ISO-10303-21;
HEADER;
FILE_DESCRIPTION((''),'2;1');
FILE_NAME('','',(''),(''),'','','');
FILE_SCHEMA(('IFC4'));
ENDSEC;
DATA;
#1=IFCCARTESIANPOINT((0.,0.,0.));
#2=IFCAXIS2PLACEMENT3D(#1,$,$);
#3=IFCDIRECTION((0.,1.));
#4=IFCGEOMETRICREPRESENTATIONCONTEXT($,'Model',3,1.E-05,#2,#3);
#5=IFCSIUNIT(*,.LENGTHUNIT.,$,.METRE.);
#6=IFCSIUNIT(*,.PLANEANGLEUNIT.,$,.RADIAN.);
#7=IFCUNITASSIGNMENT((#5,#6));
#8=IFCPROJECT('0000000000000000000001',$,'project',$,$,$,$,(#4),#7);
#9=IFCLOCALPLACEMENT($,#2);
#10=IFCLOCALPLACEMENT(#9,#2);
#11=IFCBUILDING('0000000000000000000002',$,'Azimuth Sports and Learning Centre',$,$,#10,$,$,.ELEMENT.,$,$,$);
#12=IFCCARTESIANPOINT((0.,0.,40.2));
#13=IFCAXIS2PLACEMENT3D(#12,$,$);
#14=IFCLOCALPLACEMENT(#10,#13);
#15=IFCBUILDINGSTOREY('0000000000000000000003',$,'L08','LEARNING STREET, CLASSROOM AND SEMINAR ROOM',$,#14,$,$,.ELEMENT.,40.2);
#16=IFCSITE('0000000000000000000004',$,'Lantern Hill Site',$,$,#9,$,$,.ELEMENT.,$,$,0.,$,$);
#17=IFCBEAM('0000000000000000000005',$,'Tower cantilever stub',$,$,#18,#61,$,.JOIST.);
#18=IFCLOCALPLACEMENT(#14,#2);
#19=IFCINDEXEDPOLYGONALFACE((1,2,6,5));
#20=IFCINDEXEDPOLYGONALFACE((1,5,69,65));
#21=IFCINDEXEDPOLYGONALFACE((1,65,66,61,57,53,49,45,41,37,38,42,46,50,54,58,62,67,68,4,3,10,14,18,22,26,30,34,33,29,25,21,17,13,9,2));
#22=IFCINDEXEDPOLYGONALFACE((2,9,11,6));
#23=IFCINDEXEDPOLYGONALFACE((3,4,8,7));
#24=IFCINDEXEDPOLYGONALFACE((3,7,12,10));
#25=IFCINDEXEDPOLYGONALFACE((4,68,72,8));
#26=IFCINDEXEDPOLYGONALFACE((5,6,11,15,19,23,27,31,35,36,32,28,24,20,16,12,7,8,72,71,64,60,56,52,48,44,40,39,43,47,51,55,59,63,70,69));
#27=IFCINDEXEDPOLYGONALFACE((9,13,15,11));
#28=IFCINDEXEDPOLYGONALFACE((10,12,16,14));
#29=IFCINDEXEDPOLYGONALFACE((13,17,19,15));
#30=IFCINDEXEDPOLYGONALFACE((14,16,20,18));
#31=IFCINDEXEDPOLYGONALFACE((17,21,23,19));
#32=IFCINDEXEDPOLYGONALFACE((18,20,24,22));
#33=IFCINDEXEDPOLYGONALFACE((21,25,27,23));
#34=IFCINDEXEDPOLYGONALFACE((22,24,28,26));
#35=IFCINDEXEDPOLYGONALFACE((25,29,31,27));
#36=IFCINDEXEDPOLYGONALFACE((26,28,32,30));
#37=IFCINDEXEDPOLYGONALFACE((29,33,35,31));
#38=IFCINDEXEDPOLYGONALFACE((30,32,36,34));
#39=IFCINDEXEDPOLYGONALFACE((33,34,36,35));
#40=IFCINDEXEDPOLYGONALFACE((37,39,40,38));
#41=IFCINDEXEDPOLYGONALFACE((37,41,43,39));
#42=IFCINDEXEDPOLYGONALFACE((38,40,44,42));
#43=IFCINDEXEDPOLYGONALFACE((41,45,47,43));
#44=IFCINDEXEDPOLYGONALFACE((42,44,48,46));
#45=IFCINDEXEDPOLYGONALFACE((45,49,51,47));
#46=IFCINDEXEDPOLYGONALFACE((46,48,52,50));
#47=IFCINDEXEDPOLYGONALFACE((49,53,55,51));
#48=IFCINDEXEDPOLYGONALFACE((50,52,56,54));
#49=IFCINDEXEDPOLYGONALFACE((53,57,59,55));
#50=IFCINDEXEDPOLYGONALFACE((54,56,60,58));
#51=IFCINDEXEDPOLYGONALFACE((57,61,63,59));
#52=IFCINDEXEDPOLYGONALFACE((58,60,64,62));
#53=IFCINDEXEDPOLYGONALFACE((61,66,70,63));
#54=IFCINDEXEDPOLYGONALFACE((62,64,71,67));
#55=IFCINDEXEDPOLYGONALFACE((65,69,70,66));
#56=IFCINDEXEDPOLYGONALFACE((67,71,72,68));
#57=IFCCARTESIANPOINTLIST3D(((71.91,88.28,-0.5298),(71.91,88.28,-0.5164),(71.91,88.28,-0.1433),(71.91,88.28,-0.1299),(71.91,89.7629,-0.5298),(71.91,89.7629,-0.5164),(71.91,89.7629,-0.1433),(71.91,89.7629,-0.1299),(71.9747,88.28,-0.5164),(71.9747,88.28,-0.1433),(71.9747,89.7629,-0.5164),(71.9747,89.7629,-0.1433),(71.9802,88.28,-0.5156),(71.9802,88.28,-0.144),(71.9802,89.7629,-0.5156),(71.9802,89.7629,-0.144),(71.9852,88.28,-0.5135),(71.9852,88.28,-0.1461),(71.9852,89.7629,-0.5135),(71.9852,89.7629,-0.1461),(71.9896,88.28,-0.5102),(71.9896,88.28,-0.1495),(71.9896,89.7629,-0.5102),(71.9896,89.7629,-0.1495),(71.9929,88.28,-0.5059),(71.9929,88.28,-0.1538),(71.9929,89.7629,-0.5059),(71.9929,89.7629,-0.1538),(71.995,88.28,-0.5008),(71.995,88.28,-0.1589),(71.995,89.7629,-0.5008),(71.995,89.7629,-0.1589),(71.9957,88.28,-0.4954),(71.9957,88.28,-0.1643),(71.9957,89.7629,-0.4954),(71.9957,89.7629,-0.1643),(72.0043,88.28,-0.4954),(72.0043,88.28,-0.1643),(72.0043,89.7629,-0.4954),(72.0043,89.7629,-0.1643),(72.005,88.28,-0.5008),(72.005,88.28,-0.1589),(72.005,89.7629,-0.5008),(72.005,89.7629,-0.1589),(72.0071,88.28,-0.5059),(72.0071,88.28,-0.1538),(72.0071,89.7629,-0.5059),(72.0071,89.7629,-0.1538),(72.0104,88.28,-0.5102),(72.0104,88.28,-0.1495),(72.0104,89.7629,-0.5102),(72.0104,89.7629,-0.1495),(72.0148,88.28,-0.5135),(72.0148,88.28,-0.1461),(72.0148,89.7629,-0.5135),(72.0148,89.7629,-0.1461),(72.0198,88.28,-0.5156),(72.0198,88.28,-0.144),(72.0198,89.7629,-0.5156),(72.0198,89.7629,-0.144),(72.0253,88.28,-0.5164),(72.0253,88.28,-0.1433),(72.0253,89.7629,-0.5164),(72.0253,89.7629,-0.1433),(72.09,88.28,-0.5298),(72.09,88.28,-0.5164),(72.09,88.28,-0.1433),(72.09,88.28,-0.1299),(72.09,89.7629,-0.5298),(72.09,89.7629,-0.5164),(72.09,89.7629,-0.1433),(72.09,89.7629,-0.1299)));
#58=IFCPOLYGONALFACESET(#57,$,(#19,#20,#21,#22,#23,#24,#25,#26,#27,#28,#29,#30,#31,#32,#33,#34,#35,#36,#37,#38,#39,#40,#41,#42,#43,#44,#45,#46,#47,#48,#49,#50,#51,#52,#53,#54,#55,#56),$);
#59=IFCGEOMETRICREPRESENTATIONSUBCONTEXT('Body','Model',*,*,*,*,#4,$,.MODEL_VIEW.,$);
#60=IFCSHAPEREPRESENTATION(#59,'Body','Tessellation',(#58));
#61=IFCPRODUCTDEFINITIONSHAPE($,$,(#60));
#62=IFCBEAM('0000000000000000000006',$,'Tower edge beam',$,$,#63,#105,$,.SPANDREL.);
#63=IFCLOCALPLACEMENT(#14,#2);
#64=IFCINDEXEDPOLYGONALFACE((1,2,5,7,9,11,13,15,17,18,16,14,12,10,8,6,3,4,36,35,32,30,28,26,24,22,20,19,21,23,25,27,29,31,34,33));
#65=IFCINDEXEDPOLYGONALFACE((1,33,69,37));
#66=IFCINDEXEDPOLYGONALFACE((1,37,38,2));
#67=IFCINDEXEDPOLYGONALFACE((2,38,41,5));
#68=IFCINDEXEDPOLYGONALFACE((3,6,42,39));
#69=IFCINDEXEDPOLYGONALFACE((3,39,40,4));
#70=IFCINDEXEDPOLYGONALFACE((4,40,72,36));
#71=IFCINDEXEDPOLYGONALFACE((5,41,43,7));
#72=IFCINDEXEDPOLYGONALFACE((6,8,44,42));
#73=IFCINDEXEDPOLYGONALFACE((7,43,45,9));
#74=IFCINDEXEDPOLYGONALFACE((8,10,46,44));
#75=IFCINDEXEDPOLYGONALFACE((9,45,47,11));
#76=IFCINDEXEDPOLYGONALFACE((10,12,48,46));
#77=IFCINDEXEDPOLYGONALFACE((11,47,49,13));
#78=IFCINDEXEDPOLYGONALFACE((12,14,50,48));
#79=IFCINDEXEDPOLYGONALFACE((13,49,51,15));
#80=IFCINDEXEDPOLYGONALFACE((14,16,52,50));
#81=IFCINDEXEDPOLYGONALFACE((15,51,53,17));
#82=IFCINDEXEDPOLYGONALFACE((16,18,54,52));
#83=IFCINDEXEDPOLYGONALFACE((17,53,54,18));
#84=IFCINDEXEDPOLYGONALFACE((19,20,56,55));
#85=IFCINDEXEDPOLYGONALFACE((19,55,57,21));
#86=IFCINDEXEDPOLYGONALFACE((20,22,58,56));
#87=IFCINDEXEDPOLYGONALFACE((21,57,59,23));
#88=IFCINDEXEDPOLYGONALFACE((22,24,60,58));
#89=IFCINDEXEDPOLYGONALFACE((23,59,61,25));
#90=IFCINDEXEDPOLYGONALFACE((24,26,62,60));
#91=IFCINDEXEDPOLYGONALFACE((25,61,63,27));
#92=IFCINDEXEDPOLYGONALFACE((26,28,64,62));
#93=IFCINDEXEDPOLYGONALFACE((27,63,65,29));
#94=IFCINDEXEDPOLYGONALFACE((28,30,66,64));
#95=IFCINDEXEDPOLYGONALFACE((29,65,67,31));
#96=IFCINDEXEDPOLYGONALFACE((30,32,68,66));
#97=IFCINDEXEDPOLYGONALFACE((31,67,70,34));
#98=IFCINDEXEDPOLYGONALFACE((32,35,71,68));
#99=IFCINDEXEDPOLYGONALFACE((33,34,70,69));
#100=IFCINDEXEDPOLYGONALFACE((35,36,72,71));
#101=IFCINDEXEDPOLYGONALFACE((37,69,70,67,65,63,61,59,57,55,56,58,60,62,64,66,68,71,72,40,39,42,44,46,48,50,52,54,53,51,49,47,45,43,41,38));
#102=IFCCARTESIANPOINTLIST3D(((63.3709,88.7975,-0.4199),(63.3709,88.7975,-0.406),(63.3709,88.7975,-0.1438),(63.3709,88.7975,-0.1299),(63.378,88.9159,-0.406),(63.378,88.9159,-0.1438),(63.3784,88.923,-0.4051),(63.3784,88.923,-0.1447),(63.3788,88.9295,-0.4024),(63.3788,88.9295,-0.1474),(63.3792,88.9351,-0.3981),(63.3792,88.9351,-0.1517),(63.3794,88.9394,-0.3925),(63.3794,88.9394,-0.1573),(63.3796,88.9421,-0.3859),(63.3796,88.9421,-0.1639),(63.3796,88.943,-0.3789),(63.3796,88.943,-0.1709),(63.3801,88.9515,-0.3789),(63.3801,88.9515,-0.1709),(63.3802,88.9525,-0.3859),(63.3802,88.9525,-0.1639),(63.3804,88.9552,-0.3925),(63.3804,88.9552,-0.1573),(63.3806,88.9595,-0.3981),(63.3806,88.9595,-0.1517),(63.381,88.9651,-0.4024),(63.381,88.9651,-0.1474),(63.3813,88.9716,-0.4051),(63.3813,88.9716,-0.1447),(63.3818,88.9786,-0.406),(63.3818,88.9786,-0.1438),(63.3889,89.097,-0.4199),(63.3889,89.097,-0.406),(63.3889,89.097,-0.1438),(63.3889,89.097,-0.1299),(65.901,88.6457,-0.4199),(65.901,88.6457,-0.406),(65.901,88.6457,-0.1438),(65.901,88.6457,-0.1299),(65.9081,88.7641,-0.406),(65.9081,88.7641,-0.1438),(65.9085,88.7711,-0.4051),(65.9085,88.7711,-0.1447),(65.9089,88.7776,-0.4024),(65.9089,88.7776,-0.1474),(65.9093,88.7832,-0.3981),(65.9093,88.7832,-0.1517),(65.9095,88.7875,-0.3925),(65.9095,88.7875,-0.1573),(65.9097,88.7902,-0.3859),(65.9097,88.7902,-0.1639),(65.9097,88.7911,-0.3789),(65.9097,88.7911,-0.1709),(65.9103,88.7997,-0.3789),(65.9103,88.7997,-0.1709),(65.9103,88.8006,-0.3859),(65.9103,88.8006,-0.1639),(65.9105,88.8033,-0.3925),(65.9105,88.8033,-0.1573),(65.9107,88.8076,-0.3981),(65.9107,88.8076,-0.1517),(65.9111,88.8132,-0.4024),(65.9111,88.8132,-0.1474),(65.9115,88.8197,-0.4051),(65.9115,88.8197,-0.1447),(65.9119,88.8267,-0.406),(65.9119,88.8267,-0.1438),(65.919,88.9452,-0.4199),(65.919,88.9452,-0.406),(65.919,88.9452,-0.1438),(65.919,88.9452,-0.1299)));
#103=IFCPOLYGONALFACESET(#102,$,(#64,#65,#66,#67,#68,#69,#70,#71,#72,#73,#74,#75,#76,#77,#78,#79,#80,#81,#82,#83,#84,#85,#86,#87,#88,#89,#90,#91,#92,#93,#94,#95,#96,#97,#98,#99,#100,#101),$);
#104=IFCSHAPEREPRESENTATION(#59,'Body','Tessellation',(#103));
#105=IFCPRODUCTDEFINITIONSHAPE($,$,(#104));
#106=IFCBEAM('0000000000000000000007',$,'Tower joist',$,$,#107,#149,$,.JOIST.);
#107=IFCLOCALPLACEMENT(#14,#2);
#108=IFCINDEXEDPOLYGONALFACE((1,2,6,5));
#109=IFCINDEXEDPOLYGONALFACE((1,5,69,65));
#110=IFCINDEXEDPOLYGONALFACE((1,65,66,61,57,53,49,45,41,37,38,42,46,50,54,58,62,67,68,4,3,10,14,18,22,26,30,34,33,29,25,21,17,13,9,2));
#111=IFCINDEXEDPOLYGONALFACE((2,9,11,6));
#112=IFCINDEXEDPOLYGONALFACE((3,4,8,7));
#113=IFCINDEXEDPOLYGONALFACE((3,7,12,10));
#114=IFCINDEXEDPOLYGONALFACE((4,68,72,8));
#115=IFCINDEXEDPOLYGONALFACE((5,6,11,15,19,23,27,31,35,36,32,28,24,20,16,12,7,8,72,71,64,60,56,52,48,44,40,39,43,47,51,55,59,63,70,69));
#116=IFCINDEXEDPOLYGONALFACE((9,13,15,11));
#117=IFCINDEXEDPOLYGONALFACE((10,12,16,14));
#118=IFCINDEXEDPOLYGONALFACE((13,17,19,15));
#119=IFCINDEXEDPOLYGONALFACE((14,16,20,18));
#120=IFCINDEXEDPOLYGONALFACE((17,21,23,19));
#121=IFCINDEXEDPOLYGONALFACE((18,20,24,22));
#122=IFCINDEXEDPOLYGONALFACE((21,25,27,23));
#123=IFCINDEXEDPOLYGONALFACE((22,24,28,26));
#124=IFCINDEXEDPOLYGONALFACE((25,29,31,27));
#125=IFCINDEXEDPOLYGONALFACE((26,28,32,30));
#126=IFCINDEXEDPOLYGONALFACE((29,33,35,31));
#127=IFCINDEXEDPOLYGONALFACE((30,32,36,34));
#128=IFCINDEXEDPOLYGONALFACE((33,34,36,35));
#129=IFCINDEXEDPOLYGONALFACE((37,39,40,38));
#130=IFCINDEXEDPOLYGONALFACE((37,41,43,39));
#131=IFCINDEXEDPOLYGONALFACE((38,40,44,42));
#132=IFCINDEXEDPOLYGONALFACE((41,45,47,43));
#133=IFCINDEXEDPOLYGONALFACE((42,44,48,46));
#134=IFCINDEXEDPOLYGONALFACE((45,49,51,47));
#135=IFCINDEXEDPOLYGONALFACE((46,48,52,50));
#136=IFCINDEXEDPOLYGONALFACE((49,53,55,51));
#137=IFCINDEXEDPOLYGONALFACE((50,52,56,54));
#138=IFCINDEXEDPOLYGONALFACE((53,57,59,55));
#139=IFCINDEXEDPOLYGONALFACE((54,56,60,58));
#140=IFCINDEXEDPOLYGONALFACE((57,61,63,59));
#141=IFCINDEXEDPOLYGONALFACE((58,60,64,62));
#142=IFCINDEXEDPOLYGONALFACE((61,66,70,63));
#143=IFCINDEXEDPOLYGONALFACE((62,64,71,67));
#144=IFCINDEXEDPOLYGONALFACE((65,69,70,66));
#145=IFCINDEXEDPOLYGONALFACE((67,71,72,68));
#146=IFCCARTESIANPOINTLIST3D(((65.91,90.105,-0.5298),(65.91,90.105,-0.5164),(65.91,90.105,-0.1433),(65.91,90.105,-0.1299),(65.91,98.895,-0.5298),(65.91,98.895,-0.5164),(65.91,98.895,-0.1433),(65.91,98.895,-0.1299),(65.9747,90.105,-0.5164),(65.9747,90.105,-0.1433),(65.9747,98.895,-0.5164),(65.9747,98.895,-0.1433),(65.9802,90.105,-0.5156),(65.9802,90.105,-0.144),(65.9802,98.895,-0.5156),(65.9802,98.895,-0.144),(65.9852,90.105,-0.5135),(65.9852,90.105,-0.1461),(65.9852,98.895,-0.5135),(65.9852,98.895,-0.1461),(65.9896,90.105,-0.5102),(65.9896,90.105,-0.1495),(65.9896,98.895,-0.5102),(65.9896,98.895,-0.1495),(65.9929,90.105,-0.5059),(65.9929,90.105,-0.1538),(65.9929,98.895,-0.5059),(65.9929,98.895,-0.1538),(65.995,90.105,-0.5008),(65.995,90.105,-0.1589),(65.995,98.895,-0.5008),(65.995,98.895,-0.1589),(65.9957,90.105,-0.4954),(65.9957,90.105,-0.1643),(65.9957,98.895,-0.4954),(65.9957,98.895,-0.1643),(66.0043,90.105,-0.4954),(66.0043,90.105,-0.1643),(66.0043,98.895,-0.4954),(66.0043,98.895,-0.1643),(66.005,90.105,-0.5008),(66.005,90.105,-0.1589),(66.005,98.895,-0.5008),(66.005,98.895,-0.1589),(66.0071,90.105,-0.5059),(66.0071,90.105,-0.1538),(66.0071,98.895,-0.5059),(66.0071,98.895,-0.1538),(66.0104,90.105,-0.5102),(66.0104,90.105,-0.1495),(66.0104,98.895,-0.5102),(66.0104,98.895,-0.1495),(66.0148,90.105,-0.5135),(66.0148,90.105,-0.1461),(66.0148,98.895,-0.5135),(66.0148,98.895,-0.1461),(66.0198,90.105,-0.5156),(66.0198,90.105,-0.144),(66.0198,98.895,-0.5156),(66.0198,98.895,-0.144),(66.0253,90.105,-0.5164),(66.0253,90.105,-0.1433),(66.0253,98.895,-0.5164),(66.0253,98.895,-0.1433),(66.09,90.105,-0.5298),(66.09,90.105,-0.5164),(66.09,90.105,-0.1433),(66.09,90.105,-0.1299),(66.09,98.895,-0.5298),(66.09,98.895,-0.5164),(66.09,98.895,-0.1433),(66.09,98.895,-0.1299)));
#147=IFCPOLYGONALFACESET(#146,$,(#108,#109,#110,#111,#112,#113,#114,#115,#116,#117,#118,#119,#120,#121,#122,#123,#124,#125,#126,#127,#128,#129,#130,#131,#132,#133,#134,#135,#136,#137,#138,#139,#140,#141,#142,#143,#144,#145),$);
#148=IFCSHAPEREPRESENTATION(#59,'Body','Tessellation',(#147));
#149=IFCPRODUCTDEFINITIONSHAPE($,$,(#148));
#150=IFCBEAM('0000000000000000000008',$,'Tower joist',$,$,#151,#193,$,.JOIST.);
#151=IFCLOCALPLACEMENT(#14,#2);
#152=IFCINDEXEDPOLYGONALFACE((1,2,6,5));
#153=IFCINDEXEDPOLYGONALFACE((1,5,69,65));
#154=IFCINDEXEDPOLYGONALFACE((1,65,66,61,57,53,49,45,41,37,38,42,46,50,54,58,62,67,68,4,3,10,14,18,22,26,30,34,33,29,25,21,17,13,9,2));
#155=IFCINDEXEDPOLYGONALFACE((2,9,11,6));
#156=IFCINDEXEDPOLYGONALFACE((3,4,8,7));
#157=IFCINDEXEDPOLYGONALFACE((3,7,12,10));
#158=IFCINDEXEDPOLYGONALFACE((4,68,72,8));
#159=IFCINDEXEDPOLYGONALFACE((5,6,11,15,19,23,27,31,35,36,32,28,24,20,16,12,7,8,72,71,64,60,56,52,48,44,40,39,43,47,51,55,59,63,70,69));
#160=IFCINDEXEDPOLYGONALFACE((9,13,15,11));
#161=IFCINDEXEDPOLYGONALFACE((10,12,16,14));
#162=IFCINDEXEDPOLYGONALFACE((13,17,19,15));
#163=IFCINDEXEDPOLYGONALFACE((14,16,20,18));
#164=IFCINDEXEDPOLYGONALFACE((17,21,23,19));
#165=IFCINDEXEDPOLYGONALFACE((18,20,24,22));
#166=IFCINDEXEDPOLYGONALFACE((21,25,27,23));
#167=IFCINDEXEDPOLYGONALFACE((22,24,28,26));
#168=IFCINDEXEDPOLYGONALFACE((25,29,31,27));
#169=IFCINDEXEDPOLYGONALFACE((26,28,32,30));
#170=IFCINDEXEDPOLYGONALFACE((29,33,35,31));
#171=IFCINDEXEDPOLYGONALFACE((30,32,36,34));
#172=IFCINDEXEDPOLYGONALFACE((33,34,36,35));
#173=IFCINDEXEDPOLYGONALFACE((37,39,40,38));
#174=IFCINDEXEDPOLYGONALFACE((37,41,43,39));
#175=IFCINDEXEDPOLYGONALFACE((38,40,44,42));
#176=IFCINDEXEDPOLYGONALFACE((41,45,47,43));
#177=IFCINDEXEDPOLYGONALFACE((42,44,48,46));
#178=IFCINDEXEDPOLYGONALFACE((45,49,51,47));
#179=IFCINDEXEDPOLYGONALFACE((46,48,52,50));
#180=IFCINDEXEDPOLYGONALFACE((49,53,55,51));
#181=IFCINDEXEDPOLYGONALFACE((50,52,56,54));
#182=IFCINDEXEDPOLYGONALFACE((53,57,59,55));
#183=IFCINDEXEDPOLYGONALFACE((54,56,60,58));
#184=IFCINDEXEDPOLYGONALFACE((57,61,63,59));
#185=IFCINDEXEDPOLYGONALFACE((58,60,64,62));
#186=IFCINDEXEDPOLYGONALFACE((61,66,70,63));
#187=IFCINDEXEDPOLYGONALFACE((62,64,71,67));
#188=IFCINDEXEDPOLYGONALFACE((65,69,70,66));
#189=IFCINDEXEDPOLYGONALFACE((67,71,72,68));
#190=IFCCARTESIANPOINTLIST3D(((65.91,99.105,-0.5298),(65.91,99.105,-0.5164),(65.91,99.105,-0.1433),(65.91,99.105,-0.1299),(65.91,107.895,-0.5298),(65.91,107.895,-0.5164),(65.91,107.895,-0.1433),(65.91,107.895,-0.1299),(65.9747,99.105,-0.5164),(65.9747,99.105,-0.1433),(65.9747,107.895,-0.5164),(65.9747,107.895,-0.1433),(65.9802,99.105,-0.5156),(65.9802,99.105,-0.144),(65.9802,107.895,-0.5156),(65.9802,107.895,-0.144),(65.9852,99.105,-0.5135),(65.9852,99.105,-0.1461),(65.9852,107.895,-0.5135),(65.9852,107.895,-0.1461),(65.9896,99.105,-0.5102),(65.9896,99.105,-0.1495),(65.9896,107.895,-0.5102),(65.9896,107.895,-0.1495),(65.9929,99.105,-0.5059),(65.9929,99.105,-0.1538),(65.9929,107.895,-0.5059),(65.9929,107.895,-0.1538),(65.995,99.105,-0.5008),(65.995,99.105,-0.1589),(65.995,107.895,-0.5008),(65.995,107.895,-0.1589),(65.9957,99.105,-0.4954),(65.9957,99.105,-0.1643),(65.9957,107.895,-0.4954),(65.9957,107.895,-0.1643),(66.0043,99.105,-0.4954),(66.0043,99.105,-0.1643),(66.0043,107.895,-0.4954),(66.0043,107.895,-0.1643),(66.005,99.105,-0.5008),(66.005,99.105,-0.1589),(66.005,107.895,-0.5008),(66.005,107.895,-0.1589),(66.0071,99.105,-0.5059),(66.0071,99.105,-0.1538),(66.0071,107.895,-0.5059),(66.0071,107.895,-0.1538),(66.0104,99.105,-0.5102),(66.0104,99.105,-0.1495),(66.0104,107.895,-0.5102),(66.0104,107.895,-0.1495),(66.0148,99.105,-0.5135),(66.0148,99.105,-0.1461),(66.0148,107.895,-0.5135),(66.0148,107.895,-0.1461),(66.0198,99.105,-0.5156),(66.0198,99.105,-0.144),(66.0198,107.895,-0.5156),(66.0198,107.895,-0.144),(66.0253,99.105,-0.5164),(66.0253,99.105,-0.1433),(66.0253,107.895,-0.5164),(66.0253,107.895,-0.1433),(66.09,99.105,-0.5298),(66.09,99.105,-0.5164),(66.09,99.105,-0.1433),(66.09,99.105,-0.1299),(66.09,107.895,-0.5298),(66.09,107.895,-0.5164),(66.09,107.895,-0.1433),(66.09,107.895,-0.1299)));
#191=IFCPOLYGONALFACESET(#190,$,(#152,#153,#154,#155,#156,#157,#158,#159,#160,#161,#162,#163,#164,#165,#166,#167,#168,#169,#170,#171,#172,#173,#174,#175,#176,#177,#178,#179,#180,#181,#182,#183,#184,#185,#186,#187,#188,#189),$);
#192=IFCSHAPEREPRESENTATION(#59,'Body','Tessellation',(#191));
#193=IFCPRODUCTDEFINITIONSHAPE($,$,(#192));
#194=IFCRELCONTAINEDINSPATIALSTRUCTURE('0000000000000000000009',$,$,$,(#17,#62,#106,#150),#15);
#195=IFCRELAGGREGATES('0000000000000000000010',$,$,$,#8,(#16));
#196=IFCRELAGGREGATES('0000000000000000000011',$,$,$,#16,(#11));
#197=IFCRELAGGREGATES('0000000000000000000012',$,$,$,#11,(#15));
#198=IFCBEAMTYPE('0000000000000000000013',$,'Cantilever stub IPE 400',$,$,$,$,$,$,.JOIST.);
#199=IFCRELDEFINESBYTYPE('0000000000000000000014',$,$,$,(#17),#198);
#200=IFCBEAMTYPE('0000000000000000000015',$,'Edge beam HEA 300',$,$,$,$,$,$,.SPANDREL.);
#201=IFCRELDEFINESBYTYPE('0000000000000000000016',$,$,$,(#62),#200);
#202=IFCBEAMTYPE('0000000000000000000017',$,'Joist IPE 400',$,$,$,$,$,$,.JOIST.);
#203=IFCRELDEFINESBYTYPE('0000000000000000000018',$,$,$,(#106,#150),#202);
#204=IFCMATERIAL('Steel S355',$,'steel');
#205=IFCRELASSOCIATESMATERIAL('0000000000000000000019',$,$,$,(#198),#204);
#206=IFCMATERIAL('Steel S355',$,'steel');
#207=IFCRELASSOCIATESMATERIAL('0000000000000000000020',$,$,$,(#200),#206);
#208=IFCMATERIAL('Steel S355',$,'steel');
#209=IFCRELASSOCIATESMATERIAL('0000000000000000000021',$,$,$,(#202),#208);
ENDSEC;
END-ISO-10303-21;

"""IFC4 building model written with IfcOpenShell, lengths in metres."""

from ifc_helpers import new_model, si_unit, direction, frame, origin, origin_2d, place, context, subcontext, project, spatial, i_section, extrude, material, material_profile, profile_set, type_object, element, save


model = new_model("IFC4")

# Units and contexts
model_context = context("Model", 3, precision=1e-05, world=origin(), true_north=direction((0.0, 1.0)))
body_context = subcontext(model_context, "Body", "Model", "MODEL_VIEW")
ifc_project = project(units=[si_unit("LENGTHUNIT", "METRE"), si_unit("PLANEANGLEUNIT", "RADIAN")], contexts=[model_context])

# Site, building, storey
site_placement = place(None, origin())
site = spatial("IfcSite", under=ifc_project, at=site_placement, Name="Lantern Hill Site", CompositionType="ELEMENT", RefElevation=0.0)
building_placement = place(site_placement, origin())
building = spatial("IfcBuilding", under=site, at=building_placement, Name="Azimuth Sports and Learning Centre", CompositionType="ELEMENT")
storey_placement = place(building_placement, frame((0.0, 0.0, 40.2)))
storey = spatial("IfcBuildingStorey", under=building, at=storey_placement, Name="L08", Description="LEARNING STREET, CLASSROOM AND SEMINAR ROOM", CompositionType="ELEMENT", Elevation=40.2)

# Beams
ifc_material_1 = material(Name="Steel S355", Category="steel")
ifc_material_profile_1 = material_profile(ifc_material_1, i_section(OverallWidth=0.1799, OverallDepth=0.3999, WebThickness=0.0085, FlangeThickness=0.0134, FilletRadius=0.021, at=origin_2d()), Name="IPE 400")
ifc_profile_set_1 = profile_set([ifc_material_profile_1], Name="Steel S355")
beam_type_1 = type_object("IfcBeamType", Name="Cantilever stub IPE 400", PredefinedType="JOIST", material=ifc_profile_set_1)
beam_1_placement = place(storey_placement, frame((72.0, 89.7629, -0.3298), z_axis=(0.0, -1.0, 0.0), x_axis=(1.0, 0.0, 0.0)))
element("IfcBeam", 1, at=beam_1_placement, inside=storey, type_object=beam_type_1, Name="Tower cantilever stub", PredefinedType="JOIST", context=body_context, shape_type="SweptSolid", body=[
    extrude(i_section(OverallWidth=0.1799, OverallDepth=0.3999, WebThickness=0.0085, FlangeThickness=0.0134, FilletRadius=0.021, at=origin_2d()), origin(), (0.0, 0.0, 1.0), 1.4829),
])
ifc_material_2 = material(Name="Steel S355", Category="steel")
ifc_material_profile_2 = material_profile(ifc_material_2, i_section(OverallWidth=0.3, OverallDepth=0.29, WebThickness=0.0085, FlangeThickness=0.0139, FilletRadius=0.0271, at=origin_2d()), Name="HEA 300")
ifc_profile_set_2 = profile_set([ifc_material_profile_2], Name="Steel S355")
beam_type_2 = type_object("IfcBeamType", Name="Edge beam HEA 300", PredefinedType="SPANDREL", material=ifc_profile_set_2)
beam_2_placement = place(storey_placement, frame((63.3799, 88.9473, -0.2749), z_axis=(0.998204, -0.059913, 0.0), x_axis=(0.059913, 0.998204, 0.0)))
element("IfcBeam", 2, at=beam_2_placement, inside=storey, type_object=beam_type_2, Name="Tower edge beam", PredefinedType="SPANDREL", context=body_context, shape_type="SweptSolid", body=[
    extrude(i_section(OverallWidth=0.3, OverallDepth=0.29, WebThickness=0.0085, FlangeThickness=0.0139, FilletRadius=0.0271, at=origin_2d()), origin(), (0.0, 0.0, 1.0), 2.5347),
])
ifc_material_3 = material(Name="Steel S355", Category="steel")
ifc_material_profile_3 = material_profile(ifc_material_3, i_section(OverallWidth=0.1799, OverallDepth=0.3999, WebThickness=0.0085, FlangeThickness=0.0134, FilletRadius=0.021, at=origin_2d()), Name="IPE 400")
ifc_profile_set_3 = profile_set([ifc_material_profile_3], Name="Steel S355")
beam_type_3 = type_object("IfcBeamType", Name="Joist IPE 400", PredefinedType="JOIST", material=ifc_profile_set_3)
for number, where, z_axis, x_axis, name in (
    (3, (66.0, 90.105, -0.3298), (0.0, 1.0, 0.0), (-1.0, 0.0, 0.0), "Tower joist"),
    (4, (66.0, 99.105, -0.3298), (0.0, 1.0, 0.0), (-1.0, 0.0, 0.0), "Tower joist"),
):
    element("IfcBeam", number, at=place(storey_placement, frame(where, z_axis=z_axis, x_axis=x_axis)), inside=storey, type_object=beam_type_3, Name=name, PredefinedType="JOIST", context=body_context, shape_type="SweptSolid", body=[
        extrude(i_section(OverallWidth=0.1799, OverallDepth=0.3999, WebThickness=0.0085, FlangeThickness=0.0134, FilletRadius=0.021, at=origin_2d()), origin(), (0.0, 0.0, 1.0), 8.79),
    ])

save(model, "model.ifc")
